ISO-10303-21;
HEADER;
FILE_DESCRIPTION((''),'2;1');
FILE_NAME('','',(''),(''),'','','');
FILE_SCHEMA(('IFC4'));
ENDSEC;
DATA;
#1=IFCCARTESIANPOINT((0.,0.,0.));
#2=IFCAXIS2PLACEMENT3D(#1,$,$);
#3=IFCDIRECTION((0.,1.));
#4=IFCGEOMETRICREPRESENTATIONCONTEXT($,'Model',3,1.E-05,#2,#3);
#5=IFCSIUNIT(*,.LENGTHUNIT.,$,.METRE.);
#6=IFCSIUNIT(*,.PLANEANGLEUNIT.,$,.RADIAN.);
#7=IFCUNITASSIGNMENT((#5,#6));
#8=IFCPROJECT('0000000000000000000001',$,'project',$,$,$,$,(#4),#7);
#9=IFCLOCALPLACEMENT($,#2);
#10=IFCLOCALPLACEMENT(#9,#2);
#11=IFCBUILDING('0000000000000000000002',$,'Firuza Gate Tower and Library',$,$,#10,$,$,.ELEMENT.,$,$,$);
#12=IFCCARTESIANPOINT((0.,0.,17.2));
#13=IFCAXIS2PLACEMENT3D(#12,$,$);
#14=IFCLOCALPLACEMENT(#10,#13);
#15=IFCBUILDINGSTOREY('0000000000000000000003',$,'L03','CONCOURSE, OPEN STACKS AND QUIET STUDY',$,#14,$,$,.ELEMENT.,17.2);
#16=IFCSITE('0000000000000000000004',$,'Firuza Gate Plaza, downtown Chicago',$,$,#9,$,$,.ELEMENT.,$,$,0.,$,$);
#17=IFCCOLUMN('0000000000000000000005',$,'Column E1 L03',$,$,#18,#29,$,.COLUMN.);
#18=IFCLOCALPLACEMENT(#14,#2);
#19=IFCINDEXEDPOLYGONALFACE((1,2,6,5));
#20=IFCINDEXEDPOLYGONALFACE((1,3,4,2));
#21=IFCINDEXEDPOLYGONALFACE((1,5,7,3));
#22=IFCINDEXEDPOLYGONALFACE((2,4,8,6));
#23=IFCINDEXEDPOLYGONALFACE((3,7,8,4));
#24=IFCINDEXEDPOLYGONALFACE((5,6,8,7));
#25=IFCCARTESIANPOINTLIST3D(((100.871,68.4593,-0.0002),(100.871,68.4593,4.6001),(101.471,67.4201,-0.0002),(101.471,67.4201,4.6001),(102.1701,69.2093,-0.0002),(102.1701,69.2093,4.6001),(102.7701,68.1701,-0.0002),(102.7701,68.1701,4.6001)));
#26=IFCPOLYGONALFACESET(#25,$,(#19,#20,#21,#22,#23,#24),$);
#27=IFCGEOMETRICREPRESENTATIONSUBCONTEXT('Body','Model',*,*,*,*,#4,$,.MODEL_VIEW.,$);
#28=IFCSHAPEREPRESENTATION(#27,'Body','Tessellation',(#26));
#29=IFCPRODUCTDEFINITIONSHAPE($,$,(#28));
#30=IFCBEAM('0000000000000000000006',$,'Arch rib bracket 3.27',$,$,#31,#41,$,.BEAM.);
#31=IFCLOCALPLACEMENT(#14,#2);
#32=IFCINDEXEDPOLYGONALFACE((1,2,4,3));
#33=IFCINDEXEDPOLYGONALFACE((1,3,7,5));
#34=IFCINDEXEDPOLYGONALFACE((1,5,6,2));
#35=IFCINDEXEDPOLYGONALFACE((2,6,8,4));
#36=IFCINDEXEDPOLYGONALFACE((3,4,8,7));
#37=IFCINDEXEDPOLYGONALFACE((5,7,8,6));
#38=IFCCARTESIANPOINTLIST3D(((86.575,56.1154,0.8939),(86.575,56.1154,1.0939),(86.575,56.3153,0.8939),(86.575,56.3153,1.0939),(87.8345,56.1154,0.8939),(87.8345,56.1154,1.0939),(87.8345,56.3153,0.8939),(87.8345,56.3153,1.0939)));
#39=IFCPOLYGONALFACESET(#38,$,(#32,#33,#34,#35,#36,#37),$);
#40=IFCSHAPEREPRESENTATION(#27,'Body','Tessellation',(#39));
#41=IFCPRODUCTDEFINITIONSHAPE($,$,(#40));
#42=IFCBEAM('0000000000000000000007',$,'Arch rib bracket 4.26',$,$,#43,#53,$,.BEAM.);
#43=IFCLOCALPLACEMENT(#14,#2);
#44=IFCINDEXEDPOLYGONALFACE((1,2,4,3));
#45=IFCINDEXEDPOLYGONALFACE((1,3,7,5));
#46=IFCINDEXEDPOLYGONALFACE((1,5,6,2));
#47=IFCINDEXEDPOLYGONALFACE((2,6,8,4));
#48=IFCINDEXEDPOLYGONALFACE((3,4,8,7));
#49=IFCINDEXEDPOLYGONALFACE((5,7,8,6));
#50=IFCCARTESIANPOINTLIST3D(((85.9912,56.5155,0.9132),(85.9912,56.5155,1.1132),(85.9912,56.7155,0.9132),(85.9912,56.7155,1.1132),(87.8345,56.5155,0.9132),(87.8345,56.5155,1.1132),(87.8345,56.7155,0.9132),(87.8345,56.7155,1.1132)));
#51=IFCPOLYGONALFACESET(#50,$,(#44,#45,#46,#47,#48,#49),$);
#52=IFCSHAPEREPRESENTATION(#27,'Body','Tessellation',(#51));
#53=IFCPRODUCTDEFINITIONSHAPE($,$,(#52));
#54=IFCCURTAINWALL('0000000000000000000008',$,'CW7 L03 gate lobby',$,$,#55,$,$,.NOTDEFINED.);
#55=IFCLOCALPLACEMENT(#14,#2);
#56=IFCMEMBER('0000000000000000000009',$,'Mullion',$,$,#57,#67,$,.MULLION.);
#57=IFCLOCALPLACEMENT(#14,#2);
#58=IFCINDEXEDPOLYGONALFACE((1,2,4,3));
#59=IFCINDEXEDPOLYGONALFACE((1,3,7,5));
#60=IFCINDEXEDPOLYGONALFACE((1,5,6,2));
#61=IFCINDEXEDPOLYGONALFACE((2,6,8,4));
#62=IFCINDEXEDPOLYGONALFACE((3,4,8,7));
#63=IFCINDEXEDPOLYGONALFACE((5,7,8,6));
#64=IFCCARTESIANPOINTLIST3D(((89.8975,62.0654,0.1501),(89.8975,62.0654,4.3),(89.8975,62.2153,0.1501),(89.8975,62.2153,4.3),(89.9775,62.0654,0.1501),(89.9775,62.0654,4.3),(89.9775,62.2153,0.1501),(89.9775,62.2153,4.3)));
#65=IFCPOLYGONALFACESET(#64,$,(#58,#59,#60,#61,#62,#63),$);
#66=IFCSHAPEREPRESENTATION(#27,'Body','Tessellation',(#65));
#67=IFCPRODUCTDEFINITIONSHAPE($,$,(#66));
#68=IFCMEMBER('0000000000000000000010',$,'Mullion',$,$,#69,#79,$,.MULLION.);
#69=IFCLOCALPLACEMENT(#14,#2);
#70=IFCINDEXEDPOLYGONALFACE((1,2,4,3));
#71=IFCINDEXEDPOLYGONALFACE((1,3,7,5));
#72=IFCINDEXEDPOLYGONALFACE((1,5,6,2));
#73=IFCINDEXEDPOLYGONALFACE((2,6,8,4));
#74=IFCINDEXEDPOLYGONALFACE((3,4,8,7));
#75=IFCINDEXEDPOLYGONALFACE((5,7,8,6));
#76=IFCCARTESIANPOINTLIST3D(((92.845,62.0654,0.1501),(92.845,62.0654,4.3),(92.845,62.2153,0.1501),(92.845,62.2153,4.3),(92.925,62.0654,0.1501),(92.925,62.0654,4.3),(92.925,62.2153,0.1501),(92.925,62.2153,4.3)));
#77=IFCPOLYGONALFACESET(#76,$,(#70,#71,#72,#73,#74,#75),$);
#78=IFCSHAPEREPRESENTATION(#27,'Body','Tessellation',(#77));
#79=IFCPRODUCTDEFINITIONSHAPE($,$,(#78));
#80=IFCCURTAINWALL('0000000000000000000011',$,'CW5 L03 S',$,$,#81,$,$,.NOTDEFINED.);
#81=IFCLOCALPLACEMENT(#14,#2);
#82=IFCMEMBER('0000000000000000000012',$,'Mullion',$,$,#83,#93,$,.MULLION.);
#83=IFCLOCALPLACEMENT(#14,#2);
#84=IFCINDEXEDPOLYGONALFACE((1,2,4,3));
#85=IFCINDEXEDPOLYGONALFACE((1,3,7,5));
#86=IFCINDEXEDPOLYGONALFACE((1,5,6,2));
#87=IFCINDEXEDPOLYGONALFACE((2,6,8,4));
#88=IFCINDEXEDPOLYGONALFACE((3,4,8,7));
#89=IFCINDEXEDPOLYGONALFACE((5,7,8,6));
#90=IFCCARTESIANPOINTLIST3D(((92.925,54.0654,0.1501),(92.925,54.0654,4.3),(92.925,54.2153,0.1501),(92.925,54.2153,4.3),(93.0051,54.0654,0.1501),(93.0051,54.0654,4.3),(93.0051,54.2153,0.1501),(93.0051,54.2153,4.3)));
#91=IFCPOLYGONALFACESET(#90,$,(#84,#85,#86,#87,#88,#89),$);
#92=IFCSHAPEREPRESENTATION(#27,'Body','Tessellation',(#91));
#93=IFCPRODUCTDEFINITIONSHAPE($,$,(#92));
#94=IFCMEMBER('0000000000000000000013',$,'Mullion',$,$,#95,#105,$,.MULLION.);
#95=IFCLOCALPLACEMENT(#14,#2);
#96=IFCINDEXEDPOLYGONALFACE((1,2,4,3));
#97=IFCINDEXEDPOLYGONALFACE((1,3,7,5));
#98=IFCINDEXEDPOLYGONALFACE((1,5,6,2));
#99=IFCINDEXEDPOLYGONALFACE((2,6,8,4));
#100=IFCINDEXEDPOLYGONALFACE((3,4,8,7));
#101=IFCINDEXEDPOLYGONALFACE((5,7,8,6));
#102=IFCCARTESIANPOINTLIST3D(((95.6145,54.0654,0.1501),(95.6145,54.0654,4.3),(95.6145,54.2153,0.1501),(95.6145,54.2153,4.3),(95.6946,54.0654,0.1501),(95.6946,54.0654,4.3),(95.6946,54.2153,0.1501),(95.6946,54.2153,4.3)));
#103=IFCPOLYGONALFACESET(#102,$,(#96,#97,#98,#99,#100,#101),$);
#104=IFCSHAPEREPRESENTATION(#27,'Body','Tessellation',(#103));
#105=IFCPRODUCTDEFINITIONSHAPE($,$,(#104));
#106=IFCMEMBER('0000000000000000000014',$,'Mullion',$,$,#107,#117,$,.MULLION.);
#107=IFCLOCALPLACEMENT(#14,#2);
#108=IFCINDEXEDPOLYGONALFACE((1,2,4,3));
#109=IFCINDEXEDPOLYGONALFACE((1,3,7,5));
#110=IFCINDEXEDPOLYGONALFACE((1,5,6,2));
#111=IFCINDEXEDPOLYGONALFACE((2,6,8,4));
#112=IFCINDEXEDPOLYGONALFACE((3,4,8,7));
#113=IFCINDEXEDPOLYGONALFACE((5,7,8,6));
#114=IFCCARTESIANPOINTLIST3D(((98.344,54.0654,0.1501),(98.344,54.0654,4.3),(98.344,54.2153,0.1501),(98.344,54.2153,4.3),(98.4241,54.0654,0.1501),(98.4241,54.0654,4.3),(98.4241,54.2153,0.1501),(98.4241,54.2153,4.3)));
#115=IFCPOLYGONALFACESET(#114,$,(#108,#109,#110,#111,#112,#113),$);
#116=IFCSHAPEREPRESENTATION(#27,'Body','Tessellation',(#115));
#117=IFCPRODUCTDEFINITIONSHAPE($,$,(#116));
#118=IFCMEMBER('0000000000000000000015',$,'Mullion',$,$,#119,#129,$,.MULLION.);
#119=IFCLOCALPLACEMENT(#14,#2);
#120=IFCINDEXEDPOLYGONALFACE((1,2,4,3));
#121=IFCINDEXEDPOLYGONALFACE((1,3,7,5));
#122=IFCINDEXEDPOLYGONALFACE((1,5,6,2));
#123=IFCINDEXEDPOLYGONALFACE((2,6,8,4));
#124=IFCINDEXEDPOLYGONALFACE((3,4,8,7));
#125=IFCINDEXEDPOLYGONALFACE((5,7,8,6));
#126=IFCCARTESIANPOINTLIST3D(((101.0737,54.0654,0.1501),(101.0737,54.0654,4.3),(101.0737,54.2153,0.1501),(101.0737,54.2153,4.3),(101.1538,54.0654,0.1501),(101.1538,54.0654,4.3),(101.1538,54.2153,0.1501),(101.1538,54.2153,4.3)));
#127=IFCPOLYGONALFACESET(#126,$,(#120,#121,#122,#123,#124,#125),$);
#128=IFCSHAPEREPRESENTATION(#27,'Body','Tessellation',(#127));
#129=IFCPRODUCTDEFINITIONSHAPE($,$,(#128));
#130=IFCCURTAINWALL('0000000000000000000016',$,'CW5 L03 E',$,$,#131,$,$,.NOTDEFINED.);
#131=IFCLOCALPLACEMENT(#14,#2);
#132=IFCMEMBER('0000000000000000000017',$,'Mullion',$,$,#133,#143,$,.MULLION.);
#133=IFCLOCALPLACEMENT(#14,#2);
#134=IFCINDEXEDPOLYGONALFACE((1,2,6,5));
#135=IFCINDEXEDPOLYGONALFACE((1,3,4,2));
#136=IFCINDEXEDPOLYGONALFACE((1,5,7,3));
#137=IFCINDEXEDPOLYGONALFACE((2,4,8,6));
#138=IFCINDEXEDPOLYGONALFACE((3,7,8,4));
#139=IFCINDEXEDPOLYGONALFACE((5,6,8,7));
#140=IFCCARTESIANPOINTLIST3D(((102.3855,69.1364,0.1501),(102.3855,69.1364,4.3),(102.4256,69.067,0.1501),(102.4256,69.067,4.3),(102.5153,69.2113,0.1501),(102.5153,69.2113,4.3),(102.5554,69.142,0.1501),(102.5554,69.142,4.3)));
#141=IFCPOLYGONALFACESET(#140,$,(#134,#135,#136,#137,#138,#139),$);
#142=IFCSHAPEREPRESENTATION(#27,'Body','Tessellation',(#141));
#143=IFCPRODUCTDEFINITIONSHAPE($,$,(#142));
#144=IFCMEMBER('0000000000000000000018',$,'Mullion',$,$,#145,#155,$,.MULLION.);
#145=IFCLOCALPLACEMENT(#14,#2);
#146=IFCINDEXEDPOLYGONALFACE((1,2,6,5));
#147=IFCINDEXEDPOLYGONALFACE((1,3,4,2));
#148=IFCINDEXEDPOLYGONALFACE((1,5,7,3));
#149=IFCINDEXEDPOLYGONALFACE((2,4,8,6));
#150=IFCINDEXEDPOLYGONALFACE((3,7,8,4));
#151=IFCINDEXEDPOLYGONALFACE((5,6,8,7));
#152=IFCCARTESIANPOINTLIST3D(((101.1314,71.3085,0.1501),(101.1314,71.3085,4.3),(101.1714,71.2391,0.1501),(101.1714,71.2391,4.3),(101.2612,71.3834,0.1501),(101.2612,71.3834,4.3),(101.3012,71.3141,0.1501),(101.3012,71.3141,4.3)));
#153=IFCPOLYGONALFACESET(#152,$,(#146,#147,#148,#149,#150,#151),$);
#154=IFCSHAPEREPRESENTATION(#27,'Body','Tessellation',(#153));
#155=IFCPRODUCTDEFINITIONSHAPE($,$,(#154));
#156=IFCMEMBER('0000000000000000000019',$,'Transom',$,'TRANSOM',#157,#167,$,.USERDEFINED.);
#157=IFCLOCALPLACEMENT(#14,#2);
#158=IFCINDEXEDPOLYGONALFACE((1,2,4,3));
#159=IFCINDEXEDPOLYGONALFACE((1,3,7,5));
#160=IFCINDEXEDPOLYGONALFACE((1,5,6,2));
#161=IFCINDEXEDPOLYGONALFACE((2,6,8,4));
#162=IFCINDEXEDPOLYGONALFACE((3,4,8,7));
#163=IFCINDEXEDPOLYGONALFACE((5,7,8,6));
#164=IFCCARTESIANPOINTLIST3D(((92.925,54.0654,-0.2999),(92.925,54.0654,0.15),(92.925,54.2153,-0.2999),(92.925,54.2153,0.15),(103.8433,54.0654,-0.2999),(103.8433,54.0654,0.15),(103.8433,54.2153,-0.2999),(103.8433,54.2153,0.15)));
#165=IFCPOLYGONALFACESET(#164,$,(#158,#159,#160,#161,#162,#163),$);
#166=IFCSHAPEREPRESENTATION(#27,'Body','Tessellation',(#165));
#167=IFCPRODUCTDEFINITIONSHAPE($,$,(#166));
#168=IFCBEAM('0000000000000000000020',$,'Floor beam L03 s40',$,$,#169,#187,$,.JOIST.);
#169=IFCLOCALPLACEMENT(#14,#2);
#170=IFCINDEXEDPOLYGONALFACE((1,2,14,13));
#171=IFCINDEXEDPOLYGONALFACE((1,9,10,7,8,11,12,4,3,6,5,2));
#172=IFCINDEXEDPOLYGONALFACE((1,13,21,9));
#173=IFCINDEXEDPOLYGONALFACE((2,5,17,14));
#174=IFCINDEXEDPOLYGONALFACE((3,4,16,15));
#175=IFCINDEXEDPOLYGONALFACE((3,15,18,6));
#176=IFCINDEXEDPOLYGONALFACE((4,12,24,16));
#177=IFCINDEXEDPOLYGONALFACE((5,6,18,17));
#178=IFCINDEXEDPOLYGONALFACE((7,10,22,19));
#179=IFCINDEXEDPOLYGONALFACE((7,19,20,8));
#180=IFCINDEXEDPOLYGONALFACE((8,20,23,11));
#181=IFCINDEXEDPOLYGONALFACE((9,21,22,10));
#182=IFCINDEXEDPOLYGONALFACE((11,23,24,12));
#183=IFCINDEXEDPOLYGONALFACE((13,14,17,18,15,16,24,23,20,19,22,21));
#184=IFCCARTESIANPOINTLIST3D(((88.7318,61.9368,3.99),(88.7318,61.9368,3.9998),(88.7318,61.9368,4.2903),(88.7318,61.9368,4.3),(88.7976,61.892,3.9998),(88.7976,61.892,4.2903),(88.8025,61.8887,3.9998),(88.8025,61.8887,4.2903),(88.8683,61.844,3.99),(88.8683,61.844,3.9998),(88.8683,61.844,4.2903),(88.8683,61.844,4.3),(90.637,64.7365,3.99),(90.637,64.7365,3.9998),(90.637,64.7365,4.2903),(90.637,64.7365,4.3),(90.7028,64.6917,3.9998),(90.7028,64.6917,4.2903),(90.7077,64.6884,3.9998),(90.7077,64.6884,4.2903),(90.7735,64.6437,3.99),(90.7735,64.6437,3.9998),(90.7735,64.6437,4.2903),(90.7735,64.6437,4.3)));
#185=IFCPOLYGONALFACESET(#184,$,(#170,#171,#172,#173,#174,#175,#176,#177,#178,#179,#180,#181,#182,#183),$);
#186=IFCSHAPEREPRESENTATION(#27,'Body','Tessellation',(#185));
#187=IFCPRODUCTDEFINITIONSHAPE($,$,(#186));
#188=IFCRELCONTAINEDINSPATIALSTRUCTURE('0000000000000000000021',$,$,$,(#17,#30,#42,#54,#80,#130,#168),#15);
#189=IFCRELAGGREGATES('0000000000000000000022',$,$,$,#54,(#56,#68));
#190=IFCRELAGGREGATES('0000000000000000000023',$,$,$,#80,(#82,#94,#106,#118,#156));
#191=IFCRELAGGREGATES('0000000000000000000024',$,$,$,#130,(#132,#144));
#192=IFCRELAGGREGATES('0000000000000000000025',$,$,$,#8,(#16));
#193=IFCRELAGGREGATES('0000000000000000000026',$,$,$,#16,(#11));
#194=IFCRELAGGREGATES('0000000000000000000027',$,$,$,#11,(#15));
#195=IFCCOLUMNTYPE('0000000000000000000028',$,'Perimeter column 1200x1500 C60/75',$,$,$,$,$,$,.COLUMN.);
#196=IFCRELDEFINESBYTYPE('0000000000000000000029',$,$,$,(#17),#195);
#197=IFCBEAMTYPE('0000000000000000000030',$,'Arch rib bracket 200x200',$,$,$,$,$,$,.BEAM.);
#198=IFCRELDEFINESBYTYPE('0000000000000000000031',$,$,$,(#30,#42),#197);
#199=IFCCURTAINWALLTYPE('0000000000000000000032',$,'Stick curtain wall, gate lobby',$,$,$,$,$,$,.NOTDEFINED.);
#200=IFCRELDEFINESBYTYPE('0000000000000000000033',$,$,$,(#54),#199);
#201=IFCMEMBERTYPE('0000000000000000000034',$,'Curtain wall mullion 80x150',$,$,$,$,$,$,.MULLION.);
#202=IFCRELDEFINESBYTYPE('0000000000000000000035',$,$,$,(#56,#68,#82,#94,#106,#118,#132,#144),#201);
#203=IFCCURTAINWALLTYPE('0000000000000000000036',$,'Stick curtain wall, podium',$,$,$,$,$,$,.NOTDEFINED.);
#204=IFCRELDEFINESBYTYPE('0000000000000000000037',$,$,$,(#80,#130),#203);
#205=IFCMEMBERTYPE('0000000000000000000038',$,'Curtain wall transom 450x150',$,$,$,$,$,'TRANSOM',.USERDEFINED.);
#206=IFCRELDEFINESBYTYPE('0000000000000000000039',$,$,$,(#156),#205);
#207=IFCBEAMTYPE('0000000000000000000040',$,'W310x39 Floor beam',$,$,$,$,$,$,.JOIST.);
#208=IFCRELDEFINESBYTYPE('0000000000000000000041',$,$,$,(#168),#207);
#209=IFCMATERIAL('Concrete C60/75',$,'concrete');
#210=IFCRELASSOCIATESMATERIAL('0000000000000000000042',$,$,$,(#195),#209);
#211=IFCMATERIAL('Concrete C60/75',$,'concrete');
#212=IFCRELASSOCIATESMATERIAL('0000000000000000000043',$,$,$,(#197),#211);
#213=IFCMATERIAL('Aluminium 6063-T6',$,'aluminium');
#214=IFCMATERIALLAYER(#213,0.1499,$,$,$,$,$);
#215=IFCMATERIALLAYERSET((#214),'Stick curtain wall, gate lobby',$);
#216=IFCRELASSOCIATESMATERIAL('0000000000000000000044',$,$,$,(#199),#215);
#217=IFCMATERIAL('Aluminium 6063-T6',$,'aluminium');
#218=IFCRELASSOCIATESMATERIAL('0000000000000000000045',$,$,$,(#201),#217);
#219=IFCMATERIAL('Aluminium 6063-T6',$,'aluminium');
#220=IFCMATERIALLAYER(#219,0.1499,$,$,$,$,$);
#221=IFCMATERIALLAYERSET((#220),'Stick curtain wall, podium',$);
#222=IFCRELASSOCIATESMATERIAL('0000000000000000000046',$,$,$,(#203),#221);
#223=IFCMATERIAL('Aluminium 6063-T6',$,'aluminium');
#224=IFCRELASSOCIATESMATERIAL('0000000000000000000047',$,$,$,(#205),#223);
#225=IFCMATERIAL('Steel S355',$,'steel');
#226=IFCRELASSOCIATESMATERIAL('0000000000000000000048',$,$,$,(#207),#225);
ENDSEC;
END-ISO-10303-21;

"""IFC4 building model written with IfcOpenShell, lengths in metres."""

from ifc_helpers import new_model, si_unit, direction, frame, origin, origin_2d, place, context, subcontext, project, spatial, rectangle, i_section, extrude, material, layer, layer_set, material_profile, profile_set, type_object, element, aggregate, save


model = new_model("IFC4")

# Units and contexts
model_context = context("Model", 3, precision=1e-05, world=origin(), true_north=direction((0.0, 1.0)))
body_context = subcontext(model_context, "Body", "Model", "MODEL_VIEW")
ifc_project = project(units=[si_unit("LENGTHUNIT", "METRE"), si_unit("PLANEANGLEUNIT", "RADIAN")], contexts=[model_context])

# Site, building, storey
site_placement = place(None, origin())
site = spatial("IfcSite", under=ifc_project, at=site_placement, Name="Firuza Gate Plaza, downtown Chicago", CompositionType="ELEMENT", RefElevation=0.0)
building_placement = place(site_placement, origin())
building = spatial("IfcBuilding", under=site, at=building_placement, Name="Firuza Gate Tower and Library", CompositionType="ELEMENT")
storey_placement = place(building_placement, frame((0.0, 0.0, 17.2)))
storey = spatial("IfcBuildingStorey", under=building, at=storey_placement, Name="L03", Description="CONCOURSE, OPEN STACKS AND QUIET STUDY", CompositionType="ELEMENT", Elevation=17.2)

# Column
ifc_material_1 = material(Name="Concrete C60/75", Category="concrete")
ifc_material_profile_1 = material_profile(ifc_material_1, rectangle(XDim=1.2, YDim=1.5, at=origin_2d()))
ifc_profile_set_1 = profile_set([ifc_material_profile_1], Name="Concrete C60/75")
column_type = type_object("IfcColumnType", Name="Perimeter column 1200x1500 C60/75", PredefinedType="COLUMN", material=ifc_profile_set_1)
column_placement = place(storey_placement, frame((101.8206, 68.3147, -0.0002), z_axis=(0.0, 0.0, 1.0), x_axis=(-0.5, 0.866025, 0.0)))
element("IfcColumn", 1, at=column_placement, inside=storey, type_object=column_type, Name="Column E1 L03", PredefinedType="COLUMN", context=body_context, shape_type="SweptSolid", body=[
    extrude(rectangle(XDim=1.2, YDim=1.5, at=origin_2d()), origin(), (0.0, 0.0, 1.0), 4.6003),
])

# Beams
ifc_material_2 = material(Name="Concrete C60/75", Category="concrete")
ifc_material_profile_2 = material_profile(ifc_material_2, rectangle(XDim=0.2, YDim=0.2, at=origin_2d()))
ifc_profile_set_2 = profile_set([ifc_material_profile_2], Name="Concrete C60/75")
beam_type_1 = type_object("IfcBeamType", Name="Arch rib bracket 200x200", PredefinedType="BEAM", material=ifc_profile_set_2)
beam_1_placement = place(storey_placement, frame((87.8345, 56.2153, 0.9939), z_axis=(-1.0, 0.0, 0.0), x_axis=(0.0, -1.0, 0.0)))
element("IfcBeam", 2, at=beam_1_placement, inside=storey, type_object=beam_type_1, Name="Arch rib bracket 3.27", PredefinedType="BEAM", context=body_context, shape_type="SweptSolid", body=[
    extrude(rectangle(XDim=0.2, YDim=0.2, at=origin_2d()), origin(), (0.0, 0.0, 1.0), 1.2595),
])
beam_2_placement = place(storey_placement, frame((87.8345, 56.6155, 1.0132), z_axis=(-1.0, 0.0, 0.0), x_axis=(0.0, -1.0, 0.0)))
element("IfcBeam", 3, at=beam_2_placement, inside=storey, type_object=beam_type_1, Name="Arch rib bracket 4.26", PredefinedType="BEAM", context=body_context, shape_type="SweptSolid", body=[
    extrude(rectangle(XDim=0.2, YDim=0.2, at=origin_2d()), origin(), (0.0, 0.0, 1.0), 1.8433),
])

# Curtain walls, members
ifc_material_3 = material(Name="Aluminium 6063-T6", Category="aluminium")
ifc_layer_1 = layer(ifc_material_3, 0.1499)
ifc_layer_set_1 = layer_set([ifc_layer_1], Name="Stick curtain wall, gate lobby")
curtain_wall_type_1 = type_object("IfcCurtainWallType", Name="Stick curtain wall, gate lobby", PredefinedType="NOTDEFINED", material=ifc_layer_set_1)
placement = place(storey_placement, origin())
curtain_wall_1 = element("IfcCurtainWall", 4, at=placement, inside=storey, type_object=curtain_wall_type_1, Name="CW7 L03 gate lobby", PredefinedType="NOTDEFINED")
ifc_material_4 = material(Name="Aluminium 6063-T6", Category="aluminium")
ifc_material_profile_3 = material_profile(ifc_material_4, rectangle(XDim=0.1499, YDim=0.0801, at=origin_2d()))
ifc_profile_set_3 = profile_set([ifc_material_profile_3], Name="Aluminium 6063-T6")
member_type_1 = type_object("IfcMemberType", Name="Curtain wall mullion 80x150", PredefinedType="MULLION", material=ifc_profile_set_3)
member_1_placement = place(storey_placement, frame((89.9375, 62.1404, 0.1501), z_axis=(0.0, 0.0, 1.0), x_axis=(0.0, 1.0, 0.0)))
member_1 = element("IfcMember", 5, at=member_1_placement, type_object=member_type_1, Name="Mullion", PredefinedType="MULLION", context=body_context, shape_type="SweptSolid", body=[
    extrude(rectangle(XDim=0.1499, YDim=0.0801, at=origin_2d()), origin(), (0.0, 0.0, 1.0), 4.1499),
])
member_2_placement = place(storey_placement, frame((92.885, 62.1404, 0.1501), z_axis=(0.0, 0.0, 1.0), x_axis=(0.0, 1.0, 0.0)))
member_2 = element("IfcMember", 6, at=member_2_placement, type_object=member_type_1, Name="Mullion", PredefinedType="MULLION", context=body_context, shape_type="SweptSolid", body=[
    extrude(rectangle(XDim=0.1499, YDim=0.0801, at=origin_2d()), origin(), (0.0, 0.0, 1.0), 4.1499),
])
ifc_material_5 = material(Name="Aluminium 6063-T6", Category="aluminium")
ifc_layer_2 = layer(ifc_material_5, 0.1499)
ifc_layer_set_2 = layer_set([ifc_layer_2], Name="Stick curtain wall, podium")
curtain_wall_type_2 = type_object("IfcCurtainWallType", Name="Stick curtain wall, podium", PredefinedType="NOTDEFINED", material=ifc_layer_set_2)
curtain_wall_2 = element("IfcCurtainWall", 7, at=placement, inside=storey, type_object=curtain_wall_type_2, Name="CW5 L03 S", PredefinedType="NOTDEFINED")
member_3_placement = place(storey_placement, frame((92.9651, 54.1404, 0.1501), z_axis=(0.0, 0.0, 1.0), x_axis=(0.0, 1.0, 0.0)))
member_3 = element("IfcMember", 8, at=member_3_placement, type_object=member_type_1, Name="Mullion", PredefinedType="MULLION", context=body_context, shape_type="SweptSolid", body=[
    extrude(rectangle(XDim=0.1499, YDim=0.0801, at=origin_2d()), origin(), (0.0, 0.0, 1.0), 4.1499),
])
member_4_placement = place(storey_placement, frame((95.6545, 54.1404, 0.1501), z_axis=(0.0, 0.0, 1.0), x_axis=(0.0, 1.0, 0.0)))
member_4 = element("IfcMember", 9, at=member_4_placement, type_object=member_type_1, Name="Mullion", PredefinedType="MULLION", context=body_context, shape_type="SweptSolid", body=[
    extrude(rectangle(XDim=0.1499, YDim=0.0801, at=origin_2d()), origin(), (0.0, 0.0, 1.0), 4.1499),
])
member_5_placement = place(storey_placement, frame((98.384, 54.1404, 0.1501), z_axis=(0.0, 0.0, 1.0), x_axis=(0.0, 1.0, 0.0)))
member_5 = element("IfcMember", 10, at=member_5_placement, type_object=member_type_1, Name="Mullion", PredefinedType="MULLION", context=body_context, shape_type="SweptSolid", body=[
    extrude(rectangle(XDim=0.1499, YDim=0.0801, at=origin_2d()), origin(), (0.0, 0.0, 1.0), 4.1499),
])
member_6_placement = place(storey_placement, frame((101.1138, 54.1404, 0.1501), z_axis=(0.0, 0.0, 1.0), x_axis=(0.0, 1.0, 0.0)))
member_6 = element("IfcMember", 11, at=member_6_placement, type_object=member_type_1, Name="Mullion", PredefinedType="MULLION", context=body_context, shape_type="SweptSolid", body=[
    extrude(rectangle(XDim=0.1499, YDim=0.0801, at=origin_2d()), origin(), (0.0, 0.0, 1.0), 4.1499),
])
curtain_wall_3 = element("IfcCurtainWall", 12, at=placement, inside=storey, type_object=curtain_wall_type_2, Name="CW5 L03 E", PredefinedType="NOTDEFINED")
member_7_placement = place(storey_placement, frame((102.4705, 69.1392, 0.1501), z_axis=(0.0, 0.0, 1.0), x_axis=(-0.866025, -0.5, 0.0)))
member_7 = element("IfcMember", 13, at=member_7_placement, type_object=member_type_1, Name="Mullion", PredefinedType="MULLION", context=body_context, shape_type="SweptSolid", body=[
    extrude(rectangle(XDim=0.1499, YDim=0.0801, at=origin_2d()), origin(), (0.0, 0.0, 1.0), 4.1499),
])
member_8_placement = place(storey_placement, frame((101.2163, 71.3113, 0.1501), z_axis=(0.0, 0.0, 1.0), x_axis=(-0.866025, -0.5, 0.0)))
member_8 = element("IfcMember", 14, at=member_8_placement, type_object=member_type_1, Name="Mullion", PredefinedType="MULLION", context=body_context, shape_type="SweptSolid", body=[
    extrude(rectangle(XDim=0.1499, YDim=0.0801, at=origin_2d()), origin(), (0.0, 0.0, 1.0), 4.1499),
])

# Member
ifc_material_6 = material(Name="Aluminium 6063-T6", Category="aluminium")
ifc_material_profile_4 = material_profile(ifc_material_6, rectangle(XDim=0.1499, YDim=0.45, at=origin_2d()))
ifc_profile_set_4 = profile_set([ifc_material_profile_4], Name="Aluminium 6063-T6")
member_type_2 = type_object("IfcMemberType", Name="Curtain wall transom 450x150", ElementType="TRANSOM", PredefinedType="USERDEFINED", material=ifc_profile_set_4)
member_9_placement = place(storey_placement, frame((92.925, 54.1404, -0.075), z_axis=(1.0, 0.0, 0.0), x_axis=(0.0, 1.0, 0.0)))
member_9 = element("IfcMember", 15, at=member_9_placement, type_object=member_type_2, Name="Transom", ObjectType="TRANSOM", PredefinedType="USERDEFINED", context=body_context, shape_type="SweptSolid", body=[
    extrude(rectangle(XDim=0.1499, YDim=0.45, at=origin_2d()), origin(), (0.0, 0.0, 1.0), 10.9182),
])

# Beam
ifc_material_7 = material(Name="Steel S355", Category="steel")
ifc_material_profile_5 = material_profile(ifc_material_7, i_section(OverallWidth=0.165, OverallDepth=0.3101, WebThickness=0.0059, FlangeThickness=0.0098, at=origin_2d()))
ifc_profile_set_5 = profile_set([ifc_material_profile_5], Name="Steel S355")
beam_type_2 = type_object("IfcBeamType", Name="W310x39 Floor beam", PredefinedType="JOIST", material=ifc_profile_set_5)
beam_3_placement = place(storey_placement, frame((88.8, 61.8904, 4.145), z_axis=(0.562594, 0.826733, 0.0), x_axis=(-0.826733, 0.562594, 0.0)))
element("IfcBeam", 16, at=beam_3_placement, inside=storey, type_object=beam_type_2, Name="Floor beam L03 s40", PredefinedType="JOIST", context=body_context, shape_type="SweptSolid", body=[
    extrude(i_section(OverallWidth=0.165, OverallDepth=0.3101, WebThickness=0.0059, FlangeThickness=0.0098, at=origin_2d()), origin(), (0.0, 0.0, 1.0), 3.3865),
])

aggregate(curtain_wall_1, [member_1, member_2])
aggregate(curtain_wall_2, [member_3, member_4, member_5, member_6, member_9])
aggregate(curtain_wall_3, [member_7, member_8])

save(model, "model.ifc")
